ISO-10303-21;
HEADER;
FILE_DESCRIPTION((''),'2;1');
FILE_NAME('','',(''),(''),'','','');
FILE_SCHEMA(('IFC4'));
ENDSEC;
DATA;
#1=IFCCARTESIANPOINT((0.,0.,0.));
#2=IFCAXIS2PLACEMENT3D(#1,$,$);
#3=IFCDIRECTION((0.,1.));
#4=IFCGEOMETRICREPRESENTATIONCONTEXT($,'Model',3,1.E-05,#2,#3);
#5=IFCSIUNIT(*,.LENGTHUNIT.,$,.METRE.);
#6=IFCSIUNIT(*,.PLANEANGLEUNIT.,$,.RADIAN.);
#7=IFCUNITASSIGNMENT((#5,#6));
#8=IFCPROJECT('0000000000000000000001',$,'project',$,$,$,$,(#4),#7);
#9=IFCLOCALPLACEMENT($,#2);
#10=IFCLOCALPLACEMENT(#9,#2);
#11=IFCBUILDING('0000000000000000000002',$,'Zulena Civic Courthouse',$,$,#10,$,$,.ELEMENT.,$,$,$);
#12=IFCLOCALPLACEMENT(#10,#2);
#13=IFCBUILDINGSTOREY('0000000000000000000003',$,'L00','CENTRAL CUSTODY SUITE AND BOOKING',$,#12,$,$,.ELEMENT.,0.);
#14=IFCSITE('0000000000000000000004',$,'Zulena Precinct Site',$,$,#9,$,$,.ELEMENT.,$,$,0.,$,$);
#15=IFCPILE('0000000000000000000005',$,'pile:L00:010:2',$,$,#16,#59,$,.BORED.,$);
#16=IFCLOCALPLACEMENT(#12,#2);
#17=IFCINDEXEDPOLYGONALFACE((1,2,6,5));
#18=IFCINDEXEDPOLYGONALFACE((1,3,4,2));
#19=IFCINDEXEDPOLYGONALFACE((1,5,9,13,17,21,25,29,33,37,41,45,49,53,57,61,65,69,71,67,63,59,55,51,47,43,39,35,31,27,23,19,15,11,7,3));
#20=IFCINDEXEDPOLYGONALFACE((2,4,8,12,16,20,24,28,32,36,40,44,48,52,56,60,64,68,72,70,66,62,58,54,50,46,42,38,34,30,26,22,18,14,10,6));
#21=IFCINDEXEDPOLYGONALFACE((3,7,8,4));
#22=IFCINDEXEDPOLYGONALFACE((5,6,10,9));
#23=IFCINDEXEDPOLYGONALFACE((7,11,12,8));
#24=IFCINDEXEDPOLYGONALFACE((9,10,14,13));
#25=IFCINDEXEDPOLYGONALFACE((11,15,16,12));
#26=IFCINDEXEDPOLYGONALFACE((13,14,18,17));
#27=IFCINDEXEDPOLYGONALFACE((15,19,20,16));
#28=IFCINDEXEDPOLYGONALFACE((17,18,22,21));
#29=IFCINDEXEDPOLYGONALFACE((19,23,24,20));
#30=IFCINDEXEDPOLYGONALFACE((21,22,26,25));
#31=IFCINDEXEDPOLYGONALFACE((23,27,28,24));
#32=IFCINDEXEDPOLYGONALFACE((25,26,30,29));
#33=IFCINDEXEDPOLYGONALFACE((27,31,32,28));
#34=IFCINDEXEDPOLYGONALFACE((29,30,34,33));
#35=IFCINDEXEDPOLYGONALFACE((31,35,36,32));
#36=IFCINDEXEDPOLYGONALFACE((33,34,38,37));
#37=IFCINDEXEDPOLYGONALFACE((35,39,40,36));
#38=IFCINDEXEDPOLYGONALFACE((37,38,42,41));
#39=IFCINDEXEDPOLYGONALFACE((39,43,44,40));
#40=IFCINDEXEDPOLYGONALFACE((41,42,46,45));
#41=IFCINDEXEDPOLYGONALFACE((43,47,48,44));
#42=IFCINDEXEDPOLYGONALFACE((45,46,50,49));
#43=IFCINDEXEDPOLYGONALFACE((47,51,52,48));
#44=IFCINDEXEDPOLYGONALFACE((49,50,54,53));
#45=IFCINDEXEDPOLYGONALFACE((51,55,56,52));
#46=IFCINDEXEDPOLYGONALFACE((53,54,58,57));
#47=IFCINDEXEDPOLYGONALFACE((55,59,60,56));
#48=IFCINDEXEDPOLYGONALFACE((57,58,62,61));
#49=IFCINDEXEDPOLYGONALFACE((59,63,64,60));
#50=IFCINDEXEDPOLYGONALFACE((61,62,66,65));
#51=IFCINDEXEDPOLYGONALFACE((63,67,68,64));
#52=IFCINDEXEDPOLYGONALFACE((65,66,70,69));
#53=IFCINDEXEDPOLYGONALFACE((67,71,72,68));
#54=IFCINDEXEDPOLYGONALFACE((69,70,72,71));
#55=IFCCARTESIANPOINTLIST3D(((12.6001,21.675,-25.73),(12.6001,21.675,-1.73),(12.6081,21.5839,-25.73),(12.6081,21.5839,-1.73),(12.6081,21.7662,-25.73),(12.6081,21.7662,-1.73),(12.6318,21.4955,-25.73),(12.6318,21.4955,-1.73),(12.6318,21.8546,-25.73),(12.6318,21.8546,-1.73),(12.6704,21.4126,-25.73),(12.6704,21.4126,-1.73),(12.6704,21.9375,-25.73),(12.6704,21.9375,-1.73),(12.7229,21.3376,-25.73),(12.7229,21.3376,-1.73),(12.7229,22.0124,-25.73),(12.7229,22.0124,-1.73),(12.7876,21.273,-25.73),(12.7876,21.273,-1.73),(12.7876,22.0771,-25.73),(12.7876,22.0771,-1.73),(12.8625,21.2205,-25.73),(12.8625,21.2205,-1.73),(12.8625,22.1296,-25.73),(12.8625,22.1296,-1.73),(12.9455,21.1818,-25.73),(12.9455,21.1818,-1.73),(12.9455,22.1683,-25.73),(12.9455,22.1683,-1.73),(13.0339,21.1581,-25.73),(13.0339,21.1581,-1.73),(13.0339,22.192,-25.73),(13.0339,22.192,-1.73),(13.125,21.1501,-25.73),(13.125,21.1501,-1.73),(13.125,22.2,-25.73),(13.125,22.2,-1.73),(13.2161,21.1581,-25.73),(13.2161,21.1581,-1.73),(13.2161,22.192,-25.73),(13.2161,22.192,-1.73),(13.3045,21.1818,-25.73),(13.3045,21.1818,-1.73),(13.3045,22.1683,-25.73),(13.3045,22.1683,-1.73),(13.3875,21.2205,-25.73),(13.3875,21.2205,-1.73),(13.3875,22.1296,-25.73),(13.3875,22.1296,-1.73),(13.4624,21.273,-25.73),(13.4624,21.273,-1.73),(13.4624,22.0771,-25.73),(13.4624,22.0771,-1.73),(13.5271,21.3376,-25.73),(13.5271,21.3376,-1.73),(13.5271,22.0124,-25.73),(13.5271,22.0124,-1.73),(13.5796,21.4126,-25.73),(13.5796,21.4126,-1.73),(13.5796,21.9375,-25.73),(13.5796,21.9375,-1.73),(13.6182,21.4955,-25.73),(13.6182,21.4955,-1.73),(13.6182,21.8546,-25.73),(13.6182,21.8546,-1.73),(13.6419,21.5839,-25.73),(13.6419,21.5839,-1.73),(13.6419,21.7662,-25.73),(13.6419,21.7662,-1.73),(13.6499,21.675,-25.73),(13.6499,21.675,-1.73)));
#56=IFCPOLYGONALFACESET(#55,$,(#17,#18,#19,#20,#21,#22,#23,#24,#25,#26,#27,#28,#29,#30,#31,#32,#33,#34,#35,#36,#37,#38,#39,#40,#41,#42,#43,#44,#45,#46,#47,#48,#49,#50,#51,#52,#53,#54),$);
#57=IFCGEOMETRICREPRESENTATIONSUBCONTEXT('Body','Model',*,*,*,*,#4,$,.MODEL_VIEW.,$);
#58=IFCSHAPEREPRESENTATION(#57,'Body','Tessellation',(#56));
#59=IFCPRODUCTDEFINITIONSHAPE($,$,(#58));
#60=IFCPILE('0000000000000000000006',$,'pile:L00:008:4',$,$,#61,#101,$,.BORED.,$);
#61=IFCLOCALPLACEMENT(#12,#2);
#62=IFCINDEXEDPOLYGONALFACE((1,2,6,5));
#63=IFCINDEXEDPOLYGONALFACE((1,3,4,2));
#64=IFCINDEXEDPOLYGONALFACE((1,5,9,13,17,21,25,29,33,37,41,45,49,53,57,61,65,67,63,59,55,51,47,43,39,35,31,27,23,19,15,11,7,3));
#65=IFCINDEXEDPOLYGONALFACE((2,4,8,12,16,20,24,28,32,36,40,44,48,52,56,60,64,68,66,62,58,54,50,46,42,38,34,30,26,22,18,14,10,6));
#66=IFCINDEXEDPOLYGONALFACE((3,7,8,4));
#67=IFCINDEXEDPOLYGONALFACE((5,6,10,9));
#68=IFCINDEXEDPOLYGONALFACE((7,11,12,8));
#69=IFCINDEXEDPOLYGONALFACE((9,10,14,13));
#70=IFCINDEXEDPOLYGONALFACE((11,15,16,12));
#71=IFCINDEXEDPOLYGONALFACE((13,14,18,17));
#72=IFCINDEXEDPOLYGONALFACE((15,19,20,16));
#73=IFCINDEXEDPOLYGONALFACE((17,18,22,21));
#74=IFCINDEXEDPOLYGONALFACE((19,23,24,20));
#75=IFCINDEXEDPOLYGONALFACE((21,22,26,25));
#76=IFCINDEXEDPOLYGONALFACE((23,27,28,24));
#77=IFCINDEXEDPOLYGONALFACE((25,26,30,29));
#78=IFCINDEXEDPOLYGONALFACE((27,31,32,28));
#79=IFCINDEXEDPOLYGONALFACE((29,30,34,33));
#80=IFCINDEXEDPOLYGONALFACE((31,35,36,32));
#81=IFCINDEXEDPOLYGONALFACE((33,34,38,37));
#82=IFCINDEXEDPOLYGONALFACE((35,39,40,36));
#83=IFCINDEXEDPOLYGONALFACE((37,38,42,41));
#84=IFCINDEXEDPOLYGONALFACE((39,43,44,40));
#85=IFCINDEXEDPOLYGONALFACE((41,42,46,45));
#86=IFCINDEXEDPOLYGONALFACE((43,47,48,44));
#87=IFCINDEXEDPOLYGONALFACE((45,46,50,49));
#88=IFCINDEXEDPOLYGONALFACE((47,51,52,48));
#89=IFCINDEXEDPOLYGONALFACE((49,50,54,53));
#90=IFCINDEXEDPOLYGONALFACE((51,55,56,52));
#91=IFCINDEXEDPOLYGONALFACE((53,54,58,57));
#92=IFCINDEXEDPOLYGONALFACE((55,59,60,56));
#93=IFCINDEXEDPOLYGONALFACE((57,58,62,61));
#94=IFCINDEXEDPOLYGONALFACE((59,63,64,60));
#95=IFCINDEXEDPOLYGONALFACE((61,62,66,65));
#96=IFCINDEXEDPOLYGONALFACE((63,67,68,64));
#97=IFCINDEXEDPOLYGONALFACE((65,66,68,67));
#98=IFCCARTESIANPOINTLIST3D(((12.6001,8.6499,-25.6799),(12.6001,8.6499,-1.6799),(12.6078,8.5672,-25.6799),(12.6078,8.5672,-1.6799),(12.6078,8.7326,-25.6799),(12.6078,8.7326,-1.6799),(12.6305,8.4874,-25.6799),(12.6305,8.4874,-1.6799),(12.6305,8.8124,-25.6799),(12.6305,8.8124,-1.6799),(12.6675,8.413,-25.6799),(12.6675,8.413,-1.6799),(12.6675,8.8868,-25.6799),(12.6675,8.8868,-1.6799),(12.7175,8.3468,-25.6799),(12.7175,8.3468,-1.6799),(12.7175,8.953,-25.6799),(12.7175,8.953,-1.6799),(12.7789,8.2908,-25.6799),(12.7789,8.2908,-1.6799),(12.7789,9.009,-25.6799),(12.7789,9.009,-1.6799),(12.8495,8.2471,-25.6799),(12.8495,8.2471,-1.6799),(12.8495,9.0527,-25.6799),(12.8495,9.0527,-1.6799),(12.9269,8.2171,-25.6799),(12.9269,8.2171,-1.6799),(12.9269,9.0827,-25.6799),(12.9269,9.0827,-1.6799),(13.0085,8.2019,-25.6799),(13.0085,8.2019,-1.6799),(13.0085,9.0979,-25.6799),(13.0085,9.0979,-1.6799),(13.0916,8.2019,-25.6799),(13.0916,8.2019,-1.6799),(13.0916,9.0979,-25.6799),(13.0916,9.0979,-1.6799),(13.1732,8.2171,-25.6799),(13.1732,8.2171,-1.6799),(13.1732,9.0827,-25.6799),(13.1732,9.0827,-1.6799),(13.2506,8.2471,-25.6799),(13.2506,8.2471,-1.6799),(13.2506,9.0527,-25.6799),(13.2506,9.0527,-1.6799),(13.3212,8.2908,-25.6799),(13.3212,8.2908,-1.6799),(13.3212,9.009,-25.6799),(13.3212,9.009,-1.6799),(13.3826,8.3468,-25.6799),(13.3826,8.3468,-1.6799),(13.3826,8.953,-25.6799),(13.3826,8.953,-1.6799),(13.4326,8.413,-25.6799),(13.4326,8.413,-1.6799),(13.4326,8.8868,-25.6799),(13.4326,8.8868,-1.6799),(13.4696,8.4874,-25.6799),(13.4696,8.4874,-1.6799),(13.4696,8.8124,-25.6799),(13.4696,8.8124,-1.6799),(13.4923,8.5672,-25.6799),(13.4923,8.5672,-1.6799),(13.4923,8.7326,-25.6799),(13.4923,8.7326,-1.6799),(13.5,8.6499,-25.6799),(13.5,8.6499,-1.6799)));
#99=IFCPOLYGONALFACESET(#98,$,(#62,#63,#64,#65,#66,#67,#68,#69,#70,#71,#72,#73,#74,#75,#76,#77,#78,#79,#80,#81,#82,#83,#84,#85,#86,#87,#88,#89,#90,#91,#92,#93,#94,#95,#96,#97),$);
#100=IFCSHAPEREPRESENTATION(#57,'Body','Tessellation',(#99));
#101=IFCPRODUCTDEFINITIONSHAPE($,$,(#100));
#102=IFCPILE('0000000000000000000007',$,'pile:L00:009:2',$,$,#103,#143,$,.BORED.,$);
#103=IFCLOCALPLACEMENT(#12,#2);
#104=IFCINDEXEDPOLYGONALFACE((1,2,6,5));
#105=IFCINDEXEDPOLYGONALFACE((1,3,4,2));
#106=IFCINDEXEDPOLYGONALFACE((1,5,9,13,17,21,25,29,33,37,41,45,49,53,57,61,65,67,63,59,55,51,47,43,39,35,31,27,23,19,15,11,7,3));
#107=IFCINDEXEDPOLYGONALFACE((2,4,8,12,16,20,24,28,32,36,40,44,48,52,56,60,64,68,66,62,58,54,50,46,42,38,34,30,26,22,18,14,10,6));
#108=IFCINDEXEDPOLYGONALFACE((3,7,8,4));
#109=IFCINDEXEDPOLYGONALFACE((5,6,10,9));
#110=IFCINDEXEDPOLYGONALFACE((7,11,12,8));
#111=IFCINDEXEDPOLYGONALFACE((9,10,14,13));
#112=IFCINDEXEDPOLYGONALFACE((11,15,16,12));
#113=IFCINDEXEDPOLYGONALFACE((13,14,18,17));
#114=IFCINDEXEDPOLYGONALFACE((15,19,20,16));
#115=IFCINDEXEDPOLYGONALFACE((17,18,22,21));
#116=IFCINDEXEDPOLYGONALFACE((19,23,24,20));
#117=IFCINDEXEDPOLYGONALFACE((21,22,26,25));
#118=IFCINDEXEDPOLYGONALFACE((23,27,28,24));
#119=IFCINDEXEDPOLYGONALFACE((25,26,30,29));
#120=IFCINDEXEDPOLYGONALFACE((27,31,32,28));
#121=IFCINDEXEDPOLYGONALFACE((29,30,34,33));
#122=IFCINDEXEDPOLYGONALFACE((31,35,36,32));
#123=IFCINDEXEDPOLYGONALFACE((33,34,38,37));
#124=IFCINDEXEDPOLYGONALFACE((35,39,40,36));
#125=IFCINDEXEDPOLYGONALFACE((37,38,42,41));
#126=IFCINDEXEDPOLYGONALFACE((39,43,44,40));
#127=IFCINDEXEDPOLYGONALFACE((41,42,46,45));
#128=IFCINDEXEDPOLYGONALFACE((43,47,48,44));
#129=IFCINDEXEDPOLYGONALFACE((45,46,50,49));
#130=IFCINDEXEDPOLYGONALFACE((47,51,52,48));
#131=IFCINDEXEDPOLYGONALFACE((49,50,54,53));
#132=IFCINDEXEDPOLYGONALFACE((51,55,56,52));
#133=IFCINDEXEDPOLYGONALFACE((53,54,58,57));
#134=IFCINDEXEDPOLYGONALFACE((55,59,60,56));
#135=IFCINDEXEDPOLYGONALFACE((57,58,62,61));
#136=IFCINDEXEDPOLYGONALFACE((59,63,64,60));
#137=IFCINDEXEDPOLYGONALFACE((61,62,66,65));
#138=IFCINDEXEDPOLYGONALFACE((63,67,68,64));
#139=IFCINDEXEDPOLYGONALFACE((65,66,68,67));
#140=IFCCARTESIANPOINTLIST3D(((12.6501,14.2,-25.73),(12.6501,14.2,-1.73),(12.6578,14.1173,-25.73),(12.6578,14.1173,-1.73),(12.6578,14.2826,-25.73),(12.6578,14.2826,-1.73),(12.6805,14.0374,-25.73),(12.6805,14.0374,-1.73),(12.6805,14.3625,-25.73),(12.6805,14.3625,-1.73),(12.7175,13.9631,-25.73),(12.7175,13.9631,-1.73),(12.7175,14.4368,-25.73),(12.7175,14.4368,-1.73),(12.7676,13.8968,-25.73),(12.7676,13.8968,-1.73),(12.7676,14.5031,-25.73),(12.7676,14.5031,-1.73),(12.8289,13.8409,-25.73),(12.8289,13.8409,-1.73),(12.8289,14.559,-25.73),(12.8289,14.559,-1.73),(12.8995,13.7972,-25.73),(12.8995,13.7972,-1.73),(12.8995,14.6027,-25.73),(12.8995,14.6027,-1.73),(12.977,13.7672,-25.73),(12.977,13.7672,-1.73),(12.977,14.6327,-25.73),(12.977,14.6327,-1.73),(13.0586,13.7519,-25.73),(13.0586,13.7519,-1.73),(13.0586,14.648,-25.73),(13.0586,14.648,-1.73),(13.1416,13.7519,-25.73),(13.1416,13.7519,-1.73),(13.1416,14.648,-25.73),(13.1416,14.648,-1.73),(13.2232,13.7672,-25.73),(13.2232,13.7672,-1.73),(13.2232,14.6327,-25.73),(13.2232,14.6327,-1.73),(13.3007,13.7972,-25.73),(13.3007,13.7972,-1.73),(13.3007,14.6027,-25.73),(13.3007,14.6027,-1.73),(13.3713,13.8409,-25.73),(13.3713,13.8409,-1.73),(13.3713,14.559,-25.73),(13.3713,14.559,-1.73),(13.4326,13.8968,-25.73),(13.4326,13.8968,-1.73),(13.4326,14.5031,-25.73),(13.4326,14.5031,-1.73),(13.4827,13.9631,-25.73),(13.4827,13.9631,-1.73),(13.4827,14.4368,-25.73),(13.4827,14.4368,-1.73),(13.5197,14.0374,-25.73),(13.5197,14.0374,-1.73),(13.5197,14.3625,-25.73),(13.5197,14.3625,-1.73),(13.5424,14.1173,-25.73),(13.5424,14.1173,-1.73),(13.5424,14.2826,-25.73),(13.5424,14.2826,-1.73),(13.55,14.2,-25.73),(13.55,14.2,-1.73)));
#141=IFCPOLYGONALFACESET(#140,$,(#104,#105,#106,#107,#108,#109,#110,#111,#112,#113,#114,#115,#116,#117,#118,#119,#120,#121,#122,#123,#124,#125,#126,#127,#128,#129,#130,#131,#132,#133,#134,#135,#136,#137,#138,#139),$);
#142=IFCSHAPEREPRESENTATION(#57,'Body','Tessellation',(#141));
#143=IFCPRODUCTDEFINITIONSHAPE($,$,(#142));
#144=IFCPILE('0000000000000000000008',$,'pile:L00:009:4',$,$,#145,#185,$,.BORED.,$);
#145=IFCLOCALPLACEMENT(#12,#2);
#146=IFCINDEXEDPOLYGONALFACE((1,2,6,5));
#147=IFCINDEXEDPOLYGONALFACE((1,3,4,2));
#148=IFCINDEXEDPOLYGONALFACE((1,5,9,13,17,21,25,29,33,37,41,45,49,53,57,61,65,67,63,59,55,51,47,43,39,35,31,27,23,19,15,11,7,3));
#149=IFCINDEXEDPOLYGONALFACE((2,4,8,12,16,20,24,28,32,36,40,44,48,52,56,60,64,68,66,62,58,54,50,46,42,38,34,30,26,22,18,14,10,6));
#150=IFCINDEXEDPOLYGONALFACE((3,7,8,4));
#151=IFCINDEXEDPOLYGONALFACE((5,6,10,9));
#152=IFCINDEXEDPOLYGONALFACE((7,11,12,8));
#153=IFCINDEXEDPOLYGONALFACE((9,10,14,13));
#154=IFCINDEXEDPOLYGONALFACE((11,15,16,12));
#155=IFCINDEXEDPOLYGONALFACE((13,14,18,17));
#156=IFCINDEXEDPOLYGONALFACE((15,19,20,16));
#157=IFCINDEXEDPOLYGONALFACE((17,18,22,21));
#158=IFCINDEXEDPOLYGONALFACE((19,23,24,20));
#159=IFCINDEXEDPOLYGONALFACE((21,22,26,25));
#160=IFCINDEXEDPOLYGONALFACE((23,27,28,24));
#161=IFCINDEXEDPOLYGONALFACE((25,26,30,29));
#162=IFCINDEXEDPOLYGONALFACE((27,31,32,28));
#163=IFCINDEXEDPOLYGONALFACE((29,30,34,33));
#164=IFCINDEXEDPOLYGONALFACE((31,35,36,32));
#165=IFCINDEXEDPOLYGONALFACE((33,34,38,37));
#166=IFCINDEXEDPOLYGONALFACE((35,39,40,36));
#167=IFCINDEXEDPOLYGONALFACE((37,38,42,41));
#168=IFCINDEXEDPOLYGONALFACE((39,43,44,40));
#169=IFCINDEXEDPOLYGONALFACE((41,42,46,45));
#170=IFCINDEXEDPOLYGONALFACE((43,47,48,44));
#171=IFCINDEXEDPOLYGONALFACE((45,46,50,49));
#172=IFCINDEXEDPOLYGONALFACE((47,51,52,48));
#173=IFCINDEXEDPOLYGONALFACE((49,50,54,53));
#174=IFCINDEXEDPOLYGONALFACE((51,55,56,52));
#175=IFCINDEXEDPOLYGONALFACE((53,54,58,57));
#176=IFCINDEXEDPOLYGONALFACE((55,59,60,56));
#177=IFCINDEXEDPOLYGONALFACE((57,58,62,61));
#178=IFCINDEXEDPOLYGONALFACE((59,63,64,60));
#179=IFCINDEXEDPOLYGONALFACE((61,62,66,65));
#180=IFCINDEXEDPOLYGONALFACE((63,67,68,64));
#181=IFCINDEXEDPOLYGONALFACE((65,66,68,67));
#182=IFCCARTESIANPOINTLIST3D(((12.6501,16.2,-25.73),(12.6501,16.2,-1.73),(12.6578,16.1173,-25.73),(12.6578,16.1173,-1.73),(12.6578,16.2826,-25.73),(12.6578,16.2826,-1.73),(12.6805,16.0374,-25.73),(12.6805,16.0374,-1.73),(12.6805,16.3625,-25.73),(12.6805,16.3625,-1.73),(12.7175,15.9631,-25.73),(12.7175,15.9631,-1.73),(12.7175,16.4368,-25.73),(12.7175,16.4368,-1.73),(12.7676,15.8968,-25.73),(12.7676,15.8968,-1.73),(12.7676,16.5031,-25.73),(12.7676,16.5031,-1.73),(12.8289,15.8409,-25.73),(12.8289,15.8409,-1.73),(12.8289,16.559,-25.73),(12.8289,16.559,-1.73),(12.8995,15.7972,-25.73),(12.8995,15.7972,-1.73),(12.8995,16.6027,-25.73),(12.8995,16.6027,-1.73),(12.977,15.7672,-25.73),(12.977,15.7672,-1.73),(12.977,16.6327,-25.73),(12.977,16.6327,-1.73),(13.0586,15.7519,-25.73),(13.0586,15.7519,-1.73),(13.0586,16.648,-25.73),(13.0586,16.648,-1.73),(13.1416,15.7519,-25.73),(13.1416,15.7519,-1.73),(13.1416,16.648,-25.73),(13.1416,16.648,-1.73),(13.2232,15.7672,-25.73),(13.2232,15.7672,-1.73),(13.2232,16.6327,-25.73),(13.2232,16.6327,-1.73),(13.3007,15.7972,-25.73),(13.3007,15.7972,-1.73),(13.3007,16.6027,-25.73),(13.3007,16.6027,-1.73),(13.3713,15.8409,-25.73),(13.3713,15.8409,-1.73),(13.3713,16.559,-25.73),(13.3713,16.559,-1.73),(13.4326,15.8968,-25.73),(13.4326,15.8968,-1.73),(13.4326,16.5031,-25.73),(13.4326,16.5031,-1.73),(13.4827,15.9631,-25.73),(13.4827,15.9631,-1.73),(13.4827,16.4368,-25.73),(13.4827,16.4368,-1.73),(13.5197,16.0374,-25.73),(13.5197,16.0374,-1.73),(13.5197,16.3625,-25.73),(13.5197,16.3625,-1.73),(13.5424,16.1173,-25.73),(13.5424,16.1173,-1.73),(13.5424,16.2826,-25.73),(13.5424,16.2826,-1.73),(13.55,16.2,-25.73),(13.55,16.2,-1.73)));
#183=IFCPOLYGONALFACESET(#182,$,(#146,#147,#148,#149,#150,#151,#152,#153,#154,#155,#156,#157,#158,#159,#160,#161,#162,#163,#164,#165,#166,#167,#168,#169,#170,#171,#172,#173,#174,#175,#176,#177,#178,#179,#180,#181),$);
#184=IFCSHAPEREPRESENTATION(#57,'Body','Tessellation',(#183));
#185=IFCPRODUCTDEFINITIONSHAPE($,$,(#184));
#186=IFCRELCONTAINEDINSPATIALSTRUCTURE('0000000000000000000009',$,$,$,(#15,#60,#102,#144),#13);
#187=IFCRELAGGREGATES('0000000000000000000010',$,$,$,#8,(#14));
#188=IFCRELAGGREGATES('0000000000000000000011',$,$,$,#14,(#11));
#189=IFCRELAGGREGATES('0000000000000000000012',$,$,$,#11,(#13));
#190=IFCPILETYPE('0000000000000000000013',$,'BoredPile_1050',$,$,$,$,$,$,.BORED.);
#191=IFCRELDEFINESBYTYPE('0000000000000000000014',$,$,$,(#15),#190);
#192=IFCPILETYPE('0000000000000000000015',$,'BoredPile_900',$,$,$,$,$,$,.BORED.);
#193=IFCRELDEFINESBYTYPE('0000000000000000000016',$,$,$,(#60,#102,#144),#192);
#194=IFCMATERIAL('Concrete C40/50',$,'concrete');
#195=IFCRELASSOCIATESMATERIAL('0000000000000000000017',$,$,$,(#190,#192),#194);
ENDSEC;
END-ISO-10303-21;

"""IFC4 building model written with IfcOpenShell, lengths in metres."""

from ifc_helpers import new_model, si_unit, direction, frame, origin, origin_2d, place, context, subcontext, project, spatial, circle, extrude, material, material_profile, profile_set, type_object, element, save


model = new_model("IFC4")

# Units and contexts
model_context = context("Model", 3, precision=1e-05, world=origin(), true_north=direction((0.0, 1.0)))
body_context = subcontext(model_context, "Body", "Model", "MODEL_VIEW")
ifc_project = project(units=[si_unit("LENGTHUNIT", "METRE"), si_unit("PLANEANGLEUNIT", "RADIAN")], contexts=[model_context])

# Site, building, storey
site_placement = place(None, origin())
site = spatial("IfcSite", under=ifc_project, at=site_placement, Name="Zulena Precinct Site", CompositionType="ELEMENT", RefElevation=0.0)
building_placement = place(site_placement, origin())
building = spatial("IfcBuilding", under=site, at=building_placement, Name="Zulena Civic Courthouse", CompositionType="ELEMENT")
storey_placement = place(building_placement, origin())
storey = spatial("IfcBuildingStorey", under=building, at=storey_placement, Name="L00", Description="CENTRAL CUSTODY SUITE AND BOOKING", CompositionType="ELEMENT", Elevation=0.0)

# Piles
ifc_material_1 = material(Name="Concrete C40/50", Category="concrete")
ifc_material_profile_1 = material_profile(ifc_material_1, circle(Radius=0.5249, at=origin_2d()), Name="PILE1050")
ifc_profile_set_1 = profile_set([ifc_material_profile_1], Name="Concrete C40/50")
pile_type_1 = type_object("IfcPileType", Name="BoredPile_1050", PredefinedType="BORED", material=ifc_profile_set_1)
pile_placement = place(storey_placement, frame((13.125, 21.675, -1.73), z_axis=(0.0, 0.0, -1.0), x_axis=(1.0, 0.0, 0.0)))
element("IfcPile", 1, at=pile_placement, inside=storey, type_object=pile_type_1, Name="pile:L00:010:2", PredefinedType="BORED", context=body_context, shape_type="SweptSolid", body=[
    extrude(circle(Radius=0.5249, at=origin_2d()), origin(), (0.0, 0.0, 1.0), 24.0),
])
ifc_material_profile_2 = material_profile(ifc_material_1, circle(Radius=0.45, at=origin_2d()), Name="PILE900")
ifc_profile_set_2 = profile_set([ifc_material_profile_2], Name="Concrete C40/50")
pile_type_2 = type_object("IfcPileType", Name="BoredPile_900", PredefinedType="BORED", material=ifc_profile_set_2)
for number, where, z_axis, x_axis, name in (
    (2, (13.05, 8.6499, -1.6799), (0.0, 0.0, -1.0), (1.0, 0.0, 0.0), "pile:L00:008:4"),
    (3, (13.1001, 14.2, -1.73), (0.0, 0.0, -1.0), (1.0, 0.0, 0.0), "pile:L00:009:2"),
    (4, (13.1001, 16.2, -1.73), (0.0, 0.0, -1.0), (1.0, 0.0, 0.0), "pile:L00:009:4"),
):
    element("IfcPile", number, at=place(storey_placement, frame(where, z_axis=z_axis, x_axis=x_axis)), inside=storey, type_object=pile_type_2, Name=name, PredefinedType="BORED", context=body_context, shape_type="SweptSolid", body=[
        extrude(circle(Radius=0.45, at=origin_2d()), origin(), (0.0, 0.0, 1.0), 24.0),
    ])

save(model, "model.ifc")
